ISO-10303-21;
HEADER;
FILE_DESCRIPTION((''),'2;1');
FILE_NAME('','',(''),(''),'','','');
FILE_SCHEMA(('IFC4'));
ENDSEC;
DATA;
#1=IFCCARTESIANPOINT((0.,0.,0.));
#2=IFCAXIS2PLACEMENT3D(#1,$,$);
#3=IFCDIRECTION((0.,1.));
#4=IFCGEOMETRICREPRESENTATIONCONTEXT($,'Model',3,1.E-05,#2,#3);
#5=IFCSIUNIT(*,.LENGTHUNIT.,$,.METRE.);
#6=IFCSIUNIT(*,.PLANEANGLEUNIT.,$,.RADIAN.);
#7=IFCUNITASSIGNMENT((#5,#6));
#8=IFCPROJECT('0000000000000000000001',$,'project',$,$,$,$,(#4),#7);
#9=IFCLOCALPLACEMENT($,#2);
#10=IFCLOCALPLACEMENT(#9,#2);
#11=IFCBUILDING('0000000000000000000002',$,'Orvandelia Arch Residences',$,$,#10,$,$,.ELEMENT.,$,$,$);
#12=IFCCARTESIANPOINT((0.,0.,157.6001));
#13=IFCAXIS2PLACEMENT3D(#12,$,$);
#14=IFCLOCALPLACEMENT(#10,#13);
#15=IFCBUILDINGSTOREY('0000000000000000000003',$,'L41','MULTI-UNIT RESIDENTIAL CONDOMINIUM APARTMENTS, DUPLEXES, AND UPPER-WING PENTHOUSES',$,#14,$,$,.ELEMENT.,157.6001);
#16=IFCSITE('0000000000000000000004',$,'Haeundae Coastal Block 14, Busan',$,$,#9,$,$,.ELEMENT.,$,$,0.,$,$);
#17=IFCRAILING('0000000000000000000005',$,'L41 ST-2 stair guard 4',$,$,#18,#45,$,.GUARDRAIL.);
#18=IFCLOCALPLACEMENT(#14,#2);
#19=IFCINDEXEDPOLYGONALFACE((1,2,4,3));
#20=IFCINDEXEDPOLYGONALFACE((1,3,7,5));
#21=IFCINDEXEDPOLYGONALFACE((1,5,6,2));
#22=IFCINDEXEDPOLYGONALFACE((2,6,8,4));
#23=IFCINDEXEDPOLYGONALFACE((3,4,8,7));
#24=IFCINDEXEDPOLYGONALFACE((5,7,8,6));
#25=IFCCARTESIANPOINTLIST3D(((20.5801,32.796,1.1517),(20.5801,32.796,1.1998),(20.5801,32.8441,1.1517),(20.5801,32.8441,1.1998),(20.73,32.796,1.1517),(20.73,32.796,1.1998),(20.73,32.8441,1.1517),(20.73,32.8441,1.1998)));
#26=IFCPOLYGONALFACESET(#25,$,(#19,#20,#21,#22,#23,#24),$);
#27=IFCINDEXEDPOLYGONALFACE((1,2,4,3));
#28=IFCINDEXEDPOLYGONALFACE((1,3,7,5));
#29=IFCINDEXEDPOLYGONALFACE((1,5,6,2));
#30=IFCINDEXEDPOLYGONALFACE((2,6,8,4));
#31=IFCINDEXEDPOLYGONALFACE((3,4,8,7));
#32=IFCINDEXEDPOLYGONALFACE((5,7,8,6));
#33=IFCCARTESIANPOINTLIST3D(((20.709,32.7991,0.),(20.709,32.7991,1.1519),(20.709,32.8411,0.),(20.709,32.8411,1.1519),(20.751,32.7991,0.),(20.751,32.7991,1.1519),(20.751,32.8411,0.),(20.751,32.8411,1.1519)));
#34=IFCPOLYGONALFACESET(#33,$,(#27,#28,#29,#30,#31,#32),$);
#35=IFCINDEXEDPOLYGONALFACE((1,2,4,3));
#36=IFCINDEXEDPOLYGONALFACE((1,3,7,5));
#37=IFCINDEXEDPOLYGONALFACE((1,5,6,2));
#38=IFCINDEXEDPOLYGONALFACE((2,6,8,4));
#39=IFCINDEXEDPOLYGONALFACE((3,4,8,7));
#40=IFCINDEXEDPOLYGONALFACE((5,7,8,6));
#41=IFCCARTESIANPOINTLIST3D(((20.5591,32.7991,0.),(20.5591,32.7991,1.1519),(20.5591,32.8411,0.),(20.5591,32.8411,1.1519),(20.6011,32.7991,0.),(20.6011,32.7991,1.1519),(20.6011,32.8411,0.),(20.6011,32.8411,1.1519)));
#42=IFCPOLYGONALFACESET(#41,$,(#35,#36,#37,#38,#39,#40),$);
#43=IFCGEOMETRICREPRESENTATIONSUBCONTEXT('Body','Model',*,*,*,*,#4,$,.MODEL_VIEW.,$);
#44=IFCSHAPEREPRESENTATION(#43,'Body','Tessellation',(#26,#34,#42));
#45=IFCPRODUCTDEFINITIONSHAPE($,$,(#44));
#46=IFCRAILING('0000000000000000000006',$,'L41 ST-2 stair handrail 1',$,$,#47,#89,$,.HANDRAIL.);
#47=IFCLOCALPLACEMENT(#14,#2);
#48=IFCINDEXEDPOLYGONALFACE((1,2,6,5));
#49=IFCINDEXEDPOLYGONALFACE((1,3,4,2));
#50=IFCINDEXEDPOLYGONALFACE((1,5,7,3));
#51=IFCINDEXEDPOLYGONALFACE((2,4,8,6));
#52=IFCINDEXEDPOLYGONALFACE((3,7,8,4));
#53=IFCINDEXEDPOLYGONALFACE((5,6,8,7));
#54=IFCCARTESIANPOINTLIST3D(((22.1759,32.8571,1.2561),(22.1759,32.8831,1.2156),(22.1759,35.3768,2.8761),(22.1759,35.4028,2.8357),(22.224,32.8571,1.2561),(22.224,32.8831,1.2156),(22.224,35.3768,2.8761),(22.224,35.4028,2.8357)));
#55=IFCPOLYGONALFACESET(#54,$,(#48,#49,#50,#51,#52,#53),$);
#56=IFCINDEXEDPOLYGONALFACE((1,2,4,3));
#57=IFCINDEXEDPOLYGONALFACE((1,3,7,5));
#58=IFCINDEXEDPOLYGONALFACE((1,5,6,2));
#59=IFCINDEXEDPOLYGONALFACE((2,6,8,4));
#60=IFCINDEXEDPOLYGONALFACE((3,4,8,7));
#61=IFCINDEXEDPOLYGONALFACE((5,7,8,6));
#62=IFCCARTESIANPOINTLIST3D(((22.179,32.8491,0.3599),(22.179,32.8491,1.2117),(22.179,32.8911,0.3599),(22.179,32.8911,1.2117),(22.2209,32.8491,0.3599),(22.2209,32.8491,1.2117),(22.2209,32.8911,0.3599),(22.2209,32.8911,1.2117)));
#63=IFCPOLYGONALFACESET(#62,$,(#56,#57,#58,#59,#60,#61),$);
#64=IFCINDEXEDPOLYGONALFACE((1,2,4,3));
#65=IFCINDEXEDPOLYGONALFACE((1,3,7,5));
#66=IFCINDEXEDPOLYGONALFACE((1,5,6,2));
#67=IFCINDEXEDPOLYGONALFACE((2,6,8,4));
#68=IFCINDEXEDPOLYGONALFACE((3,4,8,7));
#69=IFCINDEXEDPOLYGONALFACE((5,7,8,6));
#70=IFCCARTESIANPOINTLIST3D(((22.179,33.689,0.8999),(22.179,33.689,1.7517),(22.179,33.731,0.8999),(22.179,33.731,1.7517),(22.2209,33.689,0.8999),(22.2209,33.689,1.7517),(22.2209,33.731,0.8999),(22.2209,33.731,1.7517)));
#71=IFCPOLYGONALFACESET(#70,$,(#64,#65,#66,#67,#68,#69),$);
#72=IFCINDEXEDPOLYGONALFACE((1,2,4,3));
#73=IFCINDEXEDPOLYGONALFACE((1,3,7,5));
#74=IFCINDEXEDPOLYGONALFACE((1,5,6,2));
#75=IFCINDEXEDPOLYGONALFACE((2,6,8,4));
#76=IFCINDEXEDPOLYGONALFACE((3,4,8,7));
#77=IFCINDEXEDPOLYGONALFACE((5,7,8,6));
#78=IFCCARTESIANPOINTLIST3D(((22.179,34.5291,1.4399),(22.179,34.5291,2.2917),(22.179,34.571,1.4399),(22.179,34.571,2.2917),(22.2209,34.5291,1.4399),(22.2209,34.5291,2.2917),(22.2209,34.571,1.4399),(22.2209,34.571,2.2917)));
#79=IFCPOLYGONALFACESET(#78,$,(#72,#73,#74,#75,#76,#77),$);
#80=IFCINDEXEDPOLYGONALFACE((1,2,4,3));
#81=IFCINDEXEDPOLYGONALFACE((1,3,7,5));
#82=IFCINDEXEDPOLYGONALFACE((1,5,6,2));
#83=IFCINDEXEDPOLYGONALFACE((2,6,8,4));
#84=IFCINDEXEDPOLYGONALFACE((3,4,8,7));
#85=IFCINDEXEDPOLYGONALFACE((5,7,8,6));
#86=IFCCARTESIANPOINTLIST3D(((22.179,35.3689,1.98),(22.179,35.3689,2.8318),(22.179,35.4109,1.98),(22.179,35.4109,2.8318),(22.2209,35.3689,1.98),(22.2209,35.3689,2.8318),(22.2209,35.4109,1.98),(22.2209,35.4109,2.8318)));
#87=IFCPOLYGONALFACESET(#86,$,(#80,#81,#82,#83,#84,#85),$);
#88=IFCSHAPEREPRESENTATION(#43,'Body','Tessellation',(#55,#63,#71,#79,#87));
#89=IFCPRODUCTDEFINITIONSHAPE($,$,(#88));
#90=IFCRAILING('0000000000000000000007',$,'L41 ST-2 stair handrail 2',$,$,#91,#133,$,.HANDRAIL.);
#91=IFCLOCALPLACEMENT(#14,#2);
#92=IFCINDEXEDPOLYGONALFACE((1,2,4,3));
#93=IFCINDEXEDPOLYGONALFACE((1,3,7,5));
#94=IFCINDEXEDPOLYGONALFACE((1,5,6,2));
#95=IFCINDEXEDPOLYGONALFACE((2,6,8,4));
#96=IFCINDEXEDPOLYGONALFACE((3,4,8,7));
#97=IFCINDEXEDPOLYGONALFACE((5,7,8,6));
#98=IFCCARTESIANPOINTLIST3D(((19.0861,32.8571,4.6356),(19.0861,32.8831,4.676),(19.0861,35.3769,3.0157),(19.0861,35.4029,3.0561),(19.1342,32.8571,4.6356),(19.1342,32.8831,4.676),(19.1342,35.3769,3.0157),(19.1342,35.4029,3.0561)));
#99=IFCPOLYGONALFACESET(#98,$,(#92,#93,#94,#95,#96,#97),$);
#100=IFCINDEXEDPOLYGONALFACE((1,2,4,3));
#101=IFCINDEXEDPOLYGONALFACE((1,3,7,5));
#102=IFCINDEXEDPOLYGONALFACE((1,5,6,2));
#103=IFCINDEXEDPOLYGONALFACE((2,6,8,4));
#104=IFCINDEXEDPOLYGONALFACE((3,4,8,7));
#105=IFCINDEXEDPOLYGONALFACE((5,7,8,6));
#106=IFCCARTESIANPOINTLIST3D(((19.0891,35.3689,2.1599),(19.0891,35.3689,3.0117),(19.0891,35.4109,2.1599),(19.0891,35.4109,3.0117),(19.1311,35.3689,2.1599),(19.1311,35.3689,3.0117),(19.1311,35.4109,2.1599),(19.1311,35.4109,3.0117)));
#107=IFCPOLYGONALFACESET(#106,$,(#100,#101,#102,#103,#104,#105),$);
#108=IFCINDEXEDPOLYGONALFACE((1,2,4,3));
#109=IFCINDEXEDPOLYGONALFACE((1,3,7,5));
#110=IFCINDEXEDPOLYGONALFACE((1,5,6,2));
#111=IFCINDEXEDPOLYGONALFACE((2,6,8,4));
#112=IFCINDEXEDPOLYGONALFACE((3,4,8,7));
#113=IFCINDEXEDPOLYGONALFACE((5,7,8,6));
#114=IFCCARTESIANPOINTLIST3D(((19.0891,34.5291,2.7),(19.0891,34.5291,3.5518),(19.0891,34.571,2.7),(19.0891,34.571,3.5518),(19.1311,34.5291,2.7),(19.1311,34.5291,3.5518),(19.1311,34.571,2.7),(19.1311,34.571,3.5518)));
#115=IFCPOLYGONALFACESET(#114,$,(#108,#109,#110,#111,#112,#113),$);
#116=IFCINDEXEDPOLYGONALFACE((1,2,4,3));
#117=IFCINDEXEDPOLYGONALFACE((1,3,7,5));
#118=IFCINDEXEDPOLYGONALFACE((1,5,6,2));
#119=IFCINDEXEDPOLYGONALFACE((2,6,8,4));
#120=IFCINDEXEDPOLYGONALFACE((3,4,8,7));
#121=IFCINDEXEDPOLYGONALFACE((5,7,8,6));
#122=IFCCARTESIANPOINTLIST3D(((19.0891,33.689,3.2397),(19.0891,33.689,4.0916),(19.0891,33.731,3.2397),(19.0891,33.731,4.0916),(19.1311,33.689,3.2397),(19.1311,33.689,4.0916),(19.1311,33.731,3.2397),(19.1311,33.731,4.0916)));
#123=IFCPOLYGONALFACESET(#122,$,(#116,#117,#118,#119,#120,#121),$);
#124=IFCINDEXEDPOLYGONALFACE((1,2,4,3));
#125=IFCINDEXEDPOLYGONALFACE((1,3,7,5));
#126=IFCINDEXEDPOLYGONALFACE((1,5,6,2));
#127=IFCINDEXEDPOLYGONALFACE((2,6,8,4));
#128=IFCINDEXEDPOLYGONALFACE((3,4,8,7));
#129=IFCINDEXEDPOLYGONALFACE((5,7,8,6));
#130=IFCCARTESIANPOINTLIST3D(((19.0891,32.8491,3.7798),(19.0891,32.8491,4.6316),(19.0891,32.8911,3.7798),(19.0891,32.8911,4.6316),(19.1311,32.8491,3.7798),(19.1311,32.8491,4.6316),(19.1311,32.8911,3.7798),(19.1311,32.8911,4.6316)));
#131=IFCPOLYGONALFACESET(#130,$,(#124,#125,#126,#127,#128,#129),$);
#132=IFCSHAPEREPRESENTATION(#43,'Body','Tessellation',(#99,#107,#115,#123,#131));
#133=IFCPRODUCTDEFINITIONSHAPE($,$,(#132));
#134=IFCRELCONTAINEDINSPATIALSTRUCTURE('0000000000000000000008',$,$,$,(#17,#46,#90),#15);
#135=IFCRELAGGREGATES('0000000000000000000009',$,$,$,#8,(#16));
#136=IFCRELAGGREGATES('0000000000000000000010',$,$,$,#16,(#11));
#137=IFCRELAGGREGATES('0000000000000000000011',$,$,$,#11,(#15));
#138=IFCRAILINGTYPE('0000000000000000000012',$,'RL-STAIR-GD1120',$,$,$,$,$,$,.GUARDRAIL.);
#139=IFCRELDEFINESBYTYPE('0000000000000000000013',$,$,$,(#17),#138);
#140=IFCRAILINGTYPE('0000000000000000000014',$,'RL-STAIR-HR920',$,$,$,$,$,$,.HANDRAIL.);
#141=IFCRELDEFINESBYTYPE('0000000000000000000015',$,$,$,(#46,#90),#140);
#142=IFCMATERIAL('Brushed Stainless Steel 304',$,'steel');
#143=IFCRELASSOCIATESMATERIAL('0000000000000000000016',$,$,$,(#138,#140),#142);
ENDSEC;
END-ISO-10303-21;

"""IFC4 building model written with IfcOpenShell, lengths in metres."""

from ifc_helpers import new_model, si_unit, direction, frame, origin, origin_2d, place, context, subcontext, project, spatial, rectangle, extrude, material, type_object, element, save


model = new_model("IFC4")

# Units and contexts
model_context = context("Model", 3, precision=1e-05, world=origin(), true_north=direction((0.0, 1.0)))
body_context = subcontext(model_context, "Body", "Model", "MODEL_VIEW")
ifc_project = project(units=[si_unit("LENGTHUNIT", "METRE"), si_unit("PLANEANGLEUNIT", "RADIAN")], contexts=[model_context])

# Site, building, storey
site_placement = place(None, origin())
site = spatial("IfcSite", under=ifc_project, at=site_placement, Name="Haeundae Coastal Block 14, Busan", CompositionType="ELEMENT", RefElevation=0.0)
building_placement = place(site_placement, origin())
building = spatial("IfcBuilding", under=site, at=building_placement, Name="Orvandelia Arch Residences", CompositionType="ELEMENT")
storey_placement = place(building_placement, frame((0.0, 0.0, 157.6001)))
storey = spatial("IfcBuildingStorey", under=building, at=storey_placement, Name="L41", Description="MULTI-UNIT RESIDENTIAL CONDOMINIUM APARTMENTS, DUPLEXES, AND UPPER-WING PENTHOUSES", CompositionType="ELEMENT", Elevation=157.6001)

# Railings
ifc_material_1 = material(Name="Brushed Stainless Steel 304", Category="steel")
railing_type_1 = type_object("IfcRailingType", Name="RL-STAIR-GD1120", PredefinedType="GUARDRAIL", material=ifc_material_1)
railing_1_placement = place(storey_placement, frame((20.73, 32.8201, 0.0)))
element("IfcRailing", 1, at=railing_1_placement, inside=storey, type_object=railing_type_1, Name="L41 ST-2 stair guard 4", PredefinedType="GUARDRAIL", context=body_context, shape_type="SweptSolid", body=[
    extrude(rectangle(XDim=0.0481, YDim=0.0481, at=origin_2d()), frame((0.0, 0.0, 1.1758), z_axis=(-1.0, 0.0, 0.0), x_axis=(0.0, -1.0, 0.0)), (0.0, 0.0, 1.0), 0.1499),
    extrude(rectangle(XDim=0.042, YDim=0.042, at=origin_2d()), origin(), (0.0, 0.0, 1.0), 1.1519),
    extrude(rectangle(XDim=0.042, YDim=0.042, at=origin_2d()), frame((-0.1499, 0.0, 0.0)), (0.0, 0.0, 1.0), 1.1519),
])
railing_type_2 = type_object("IfcRailingType", Name="RL-STAIR-HR920", PredefinedType="HANDRAIL", material=ifc_material_1)
railing_2_placement = place(storey_placement, frame((22.2, 32.8701, 0.3599)))
element("IfcRailing", 2, at=railing_2_placement, inside=storey, type_object=railing_type_2, Name="L41 ST-2 stair handrail 1", PredefinedType="HANDRAIL", context=body_context, shape_type="SweptSolid", body=[
    extrude(rectangle(XDim=0.0481, YDim=0.0481, at=origin_2d()), frame((0.0, 0.0, 0.876), z_axis=(0.0, 0.841139, 0.540819), x_axis=(-1.0, 0.0, 0.0)), (0.0, 0.0, 1.0), 2.9956),
    extrude(rectangle(XDim=0.042, YDim=0.042, at=origin_2d()), origin(), (0.0, 0.0, 1.0), 0.8518),
    extrude(rectangle(XDim=0.042, YDim=0.042, at=origin_2d()), frame((0.0, 0.8398, 0.54)), (0.0, 0.0, 1.0), 0.8518),
    extrude(rectangle(XDim=0.042, YDim=0.042, at=origin_2d()), frame((0.0, 1.6799, 1.0801)), (0.0, 0.0, 1.0), 0.8518),
    extrude(rectangle(XDim=0.042, YDim=0.042, at=origin_2d()), frame((0.0, 2.5198, 1.6201)), (0.0, 0.0, 1.0), 0.8518),
])
railing_3_placement = place(storey_placement, frame((19.1101, 35.3899, 2.1599)))
element("IfcRailing", 3, at=railing_3_placement, inside=storey, type_object=railing_type_2, Name="L41 ST-2 stair handrail 2", PredefinedType="HANDRAIL", context=body_context, shape_type="SweptSolid", body=[
    extrude(rectangle(XDim=0.0481, YDim=0.0481, at=origin_2d()), frame((0.0, 0.0, 0.876), z_axis=(0.0, -0.841176, 0.540762), x_axis=(1.0, 0.0, 0.0)), (0.0, 0.0, 1.0), 2.9956),
    extrude(rectangle(XDim=0.042, YDim=0.042, at=origin_2d()), origin(), (0.0, 0.0, 1.0), 0.8518),
    extrude(rectangle(XDim=0.042, YDim=0.042, at=origin_2d()), frame((0.0, -0.8398, 0.54)), (0.0, 0.0, 1.0), 0.8518),
    extrude(rectangle(XDim=0.042, YDim=0.042, at=origin_2d()), frame((0.0, -1.6799, 1.0798)), (0.0, 0.0, 1.0), 0.8518),
    extrude(rectangle(XDim=0.042, YDim=0.042, at=origin_2d()), frame((0.0, -2.5198, 1.6199)), (0.0, 0.0, 1.0), 0.8518),
])

save(model, "model.ifc")
